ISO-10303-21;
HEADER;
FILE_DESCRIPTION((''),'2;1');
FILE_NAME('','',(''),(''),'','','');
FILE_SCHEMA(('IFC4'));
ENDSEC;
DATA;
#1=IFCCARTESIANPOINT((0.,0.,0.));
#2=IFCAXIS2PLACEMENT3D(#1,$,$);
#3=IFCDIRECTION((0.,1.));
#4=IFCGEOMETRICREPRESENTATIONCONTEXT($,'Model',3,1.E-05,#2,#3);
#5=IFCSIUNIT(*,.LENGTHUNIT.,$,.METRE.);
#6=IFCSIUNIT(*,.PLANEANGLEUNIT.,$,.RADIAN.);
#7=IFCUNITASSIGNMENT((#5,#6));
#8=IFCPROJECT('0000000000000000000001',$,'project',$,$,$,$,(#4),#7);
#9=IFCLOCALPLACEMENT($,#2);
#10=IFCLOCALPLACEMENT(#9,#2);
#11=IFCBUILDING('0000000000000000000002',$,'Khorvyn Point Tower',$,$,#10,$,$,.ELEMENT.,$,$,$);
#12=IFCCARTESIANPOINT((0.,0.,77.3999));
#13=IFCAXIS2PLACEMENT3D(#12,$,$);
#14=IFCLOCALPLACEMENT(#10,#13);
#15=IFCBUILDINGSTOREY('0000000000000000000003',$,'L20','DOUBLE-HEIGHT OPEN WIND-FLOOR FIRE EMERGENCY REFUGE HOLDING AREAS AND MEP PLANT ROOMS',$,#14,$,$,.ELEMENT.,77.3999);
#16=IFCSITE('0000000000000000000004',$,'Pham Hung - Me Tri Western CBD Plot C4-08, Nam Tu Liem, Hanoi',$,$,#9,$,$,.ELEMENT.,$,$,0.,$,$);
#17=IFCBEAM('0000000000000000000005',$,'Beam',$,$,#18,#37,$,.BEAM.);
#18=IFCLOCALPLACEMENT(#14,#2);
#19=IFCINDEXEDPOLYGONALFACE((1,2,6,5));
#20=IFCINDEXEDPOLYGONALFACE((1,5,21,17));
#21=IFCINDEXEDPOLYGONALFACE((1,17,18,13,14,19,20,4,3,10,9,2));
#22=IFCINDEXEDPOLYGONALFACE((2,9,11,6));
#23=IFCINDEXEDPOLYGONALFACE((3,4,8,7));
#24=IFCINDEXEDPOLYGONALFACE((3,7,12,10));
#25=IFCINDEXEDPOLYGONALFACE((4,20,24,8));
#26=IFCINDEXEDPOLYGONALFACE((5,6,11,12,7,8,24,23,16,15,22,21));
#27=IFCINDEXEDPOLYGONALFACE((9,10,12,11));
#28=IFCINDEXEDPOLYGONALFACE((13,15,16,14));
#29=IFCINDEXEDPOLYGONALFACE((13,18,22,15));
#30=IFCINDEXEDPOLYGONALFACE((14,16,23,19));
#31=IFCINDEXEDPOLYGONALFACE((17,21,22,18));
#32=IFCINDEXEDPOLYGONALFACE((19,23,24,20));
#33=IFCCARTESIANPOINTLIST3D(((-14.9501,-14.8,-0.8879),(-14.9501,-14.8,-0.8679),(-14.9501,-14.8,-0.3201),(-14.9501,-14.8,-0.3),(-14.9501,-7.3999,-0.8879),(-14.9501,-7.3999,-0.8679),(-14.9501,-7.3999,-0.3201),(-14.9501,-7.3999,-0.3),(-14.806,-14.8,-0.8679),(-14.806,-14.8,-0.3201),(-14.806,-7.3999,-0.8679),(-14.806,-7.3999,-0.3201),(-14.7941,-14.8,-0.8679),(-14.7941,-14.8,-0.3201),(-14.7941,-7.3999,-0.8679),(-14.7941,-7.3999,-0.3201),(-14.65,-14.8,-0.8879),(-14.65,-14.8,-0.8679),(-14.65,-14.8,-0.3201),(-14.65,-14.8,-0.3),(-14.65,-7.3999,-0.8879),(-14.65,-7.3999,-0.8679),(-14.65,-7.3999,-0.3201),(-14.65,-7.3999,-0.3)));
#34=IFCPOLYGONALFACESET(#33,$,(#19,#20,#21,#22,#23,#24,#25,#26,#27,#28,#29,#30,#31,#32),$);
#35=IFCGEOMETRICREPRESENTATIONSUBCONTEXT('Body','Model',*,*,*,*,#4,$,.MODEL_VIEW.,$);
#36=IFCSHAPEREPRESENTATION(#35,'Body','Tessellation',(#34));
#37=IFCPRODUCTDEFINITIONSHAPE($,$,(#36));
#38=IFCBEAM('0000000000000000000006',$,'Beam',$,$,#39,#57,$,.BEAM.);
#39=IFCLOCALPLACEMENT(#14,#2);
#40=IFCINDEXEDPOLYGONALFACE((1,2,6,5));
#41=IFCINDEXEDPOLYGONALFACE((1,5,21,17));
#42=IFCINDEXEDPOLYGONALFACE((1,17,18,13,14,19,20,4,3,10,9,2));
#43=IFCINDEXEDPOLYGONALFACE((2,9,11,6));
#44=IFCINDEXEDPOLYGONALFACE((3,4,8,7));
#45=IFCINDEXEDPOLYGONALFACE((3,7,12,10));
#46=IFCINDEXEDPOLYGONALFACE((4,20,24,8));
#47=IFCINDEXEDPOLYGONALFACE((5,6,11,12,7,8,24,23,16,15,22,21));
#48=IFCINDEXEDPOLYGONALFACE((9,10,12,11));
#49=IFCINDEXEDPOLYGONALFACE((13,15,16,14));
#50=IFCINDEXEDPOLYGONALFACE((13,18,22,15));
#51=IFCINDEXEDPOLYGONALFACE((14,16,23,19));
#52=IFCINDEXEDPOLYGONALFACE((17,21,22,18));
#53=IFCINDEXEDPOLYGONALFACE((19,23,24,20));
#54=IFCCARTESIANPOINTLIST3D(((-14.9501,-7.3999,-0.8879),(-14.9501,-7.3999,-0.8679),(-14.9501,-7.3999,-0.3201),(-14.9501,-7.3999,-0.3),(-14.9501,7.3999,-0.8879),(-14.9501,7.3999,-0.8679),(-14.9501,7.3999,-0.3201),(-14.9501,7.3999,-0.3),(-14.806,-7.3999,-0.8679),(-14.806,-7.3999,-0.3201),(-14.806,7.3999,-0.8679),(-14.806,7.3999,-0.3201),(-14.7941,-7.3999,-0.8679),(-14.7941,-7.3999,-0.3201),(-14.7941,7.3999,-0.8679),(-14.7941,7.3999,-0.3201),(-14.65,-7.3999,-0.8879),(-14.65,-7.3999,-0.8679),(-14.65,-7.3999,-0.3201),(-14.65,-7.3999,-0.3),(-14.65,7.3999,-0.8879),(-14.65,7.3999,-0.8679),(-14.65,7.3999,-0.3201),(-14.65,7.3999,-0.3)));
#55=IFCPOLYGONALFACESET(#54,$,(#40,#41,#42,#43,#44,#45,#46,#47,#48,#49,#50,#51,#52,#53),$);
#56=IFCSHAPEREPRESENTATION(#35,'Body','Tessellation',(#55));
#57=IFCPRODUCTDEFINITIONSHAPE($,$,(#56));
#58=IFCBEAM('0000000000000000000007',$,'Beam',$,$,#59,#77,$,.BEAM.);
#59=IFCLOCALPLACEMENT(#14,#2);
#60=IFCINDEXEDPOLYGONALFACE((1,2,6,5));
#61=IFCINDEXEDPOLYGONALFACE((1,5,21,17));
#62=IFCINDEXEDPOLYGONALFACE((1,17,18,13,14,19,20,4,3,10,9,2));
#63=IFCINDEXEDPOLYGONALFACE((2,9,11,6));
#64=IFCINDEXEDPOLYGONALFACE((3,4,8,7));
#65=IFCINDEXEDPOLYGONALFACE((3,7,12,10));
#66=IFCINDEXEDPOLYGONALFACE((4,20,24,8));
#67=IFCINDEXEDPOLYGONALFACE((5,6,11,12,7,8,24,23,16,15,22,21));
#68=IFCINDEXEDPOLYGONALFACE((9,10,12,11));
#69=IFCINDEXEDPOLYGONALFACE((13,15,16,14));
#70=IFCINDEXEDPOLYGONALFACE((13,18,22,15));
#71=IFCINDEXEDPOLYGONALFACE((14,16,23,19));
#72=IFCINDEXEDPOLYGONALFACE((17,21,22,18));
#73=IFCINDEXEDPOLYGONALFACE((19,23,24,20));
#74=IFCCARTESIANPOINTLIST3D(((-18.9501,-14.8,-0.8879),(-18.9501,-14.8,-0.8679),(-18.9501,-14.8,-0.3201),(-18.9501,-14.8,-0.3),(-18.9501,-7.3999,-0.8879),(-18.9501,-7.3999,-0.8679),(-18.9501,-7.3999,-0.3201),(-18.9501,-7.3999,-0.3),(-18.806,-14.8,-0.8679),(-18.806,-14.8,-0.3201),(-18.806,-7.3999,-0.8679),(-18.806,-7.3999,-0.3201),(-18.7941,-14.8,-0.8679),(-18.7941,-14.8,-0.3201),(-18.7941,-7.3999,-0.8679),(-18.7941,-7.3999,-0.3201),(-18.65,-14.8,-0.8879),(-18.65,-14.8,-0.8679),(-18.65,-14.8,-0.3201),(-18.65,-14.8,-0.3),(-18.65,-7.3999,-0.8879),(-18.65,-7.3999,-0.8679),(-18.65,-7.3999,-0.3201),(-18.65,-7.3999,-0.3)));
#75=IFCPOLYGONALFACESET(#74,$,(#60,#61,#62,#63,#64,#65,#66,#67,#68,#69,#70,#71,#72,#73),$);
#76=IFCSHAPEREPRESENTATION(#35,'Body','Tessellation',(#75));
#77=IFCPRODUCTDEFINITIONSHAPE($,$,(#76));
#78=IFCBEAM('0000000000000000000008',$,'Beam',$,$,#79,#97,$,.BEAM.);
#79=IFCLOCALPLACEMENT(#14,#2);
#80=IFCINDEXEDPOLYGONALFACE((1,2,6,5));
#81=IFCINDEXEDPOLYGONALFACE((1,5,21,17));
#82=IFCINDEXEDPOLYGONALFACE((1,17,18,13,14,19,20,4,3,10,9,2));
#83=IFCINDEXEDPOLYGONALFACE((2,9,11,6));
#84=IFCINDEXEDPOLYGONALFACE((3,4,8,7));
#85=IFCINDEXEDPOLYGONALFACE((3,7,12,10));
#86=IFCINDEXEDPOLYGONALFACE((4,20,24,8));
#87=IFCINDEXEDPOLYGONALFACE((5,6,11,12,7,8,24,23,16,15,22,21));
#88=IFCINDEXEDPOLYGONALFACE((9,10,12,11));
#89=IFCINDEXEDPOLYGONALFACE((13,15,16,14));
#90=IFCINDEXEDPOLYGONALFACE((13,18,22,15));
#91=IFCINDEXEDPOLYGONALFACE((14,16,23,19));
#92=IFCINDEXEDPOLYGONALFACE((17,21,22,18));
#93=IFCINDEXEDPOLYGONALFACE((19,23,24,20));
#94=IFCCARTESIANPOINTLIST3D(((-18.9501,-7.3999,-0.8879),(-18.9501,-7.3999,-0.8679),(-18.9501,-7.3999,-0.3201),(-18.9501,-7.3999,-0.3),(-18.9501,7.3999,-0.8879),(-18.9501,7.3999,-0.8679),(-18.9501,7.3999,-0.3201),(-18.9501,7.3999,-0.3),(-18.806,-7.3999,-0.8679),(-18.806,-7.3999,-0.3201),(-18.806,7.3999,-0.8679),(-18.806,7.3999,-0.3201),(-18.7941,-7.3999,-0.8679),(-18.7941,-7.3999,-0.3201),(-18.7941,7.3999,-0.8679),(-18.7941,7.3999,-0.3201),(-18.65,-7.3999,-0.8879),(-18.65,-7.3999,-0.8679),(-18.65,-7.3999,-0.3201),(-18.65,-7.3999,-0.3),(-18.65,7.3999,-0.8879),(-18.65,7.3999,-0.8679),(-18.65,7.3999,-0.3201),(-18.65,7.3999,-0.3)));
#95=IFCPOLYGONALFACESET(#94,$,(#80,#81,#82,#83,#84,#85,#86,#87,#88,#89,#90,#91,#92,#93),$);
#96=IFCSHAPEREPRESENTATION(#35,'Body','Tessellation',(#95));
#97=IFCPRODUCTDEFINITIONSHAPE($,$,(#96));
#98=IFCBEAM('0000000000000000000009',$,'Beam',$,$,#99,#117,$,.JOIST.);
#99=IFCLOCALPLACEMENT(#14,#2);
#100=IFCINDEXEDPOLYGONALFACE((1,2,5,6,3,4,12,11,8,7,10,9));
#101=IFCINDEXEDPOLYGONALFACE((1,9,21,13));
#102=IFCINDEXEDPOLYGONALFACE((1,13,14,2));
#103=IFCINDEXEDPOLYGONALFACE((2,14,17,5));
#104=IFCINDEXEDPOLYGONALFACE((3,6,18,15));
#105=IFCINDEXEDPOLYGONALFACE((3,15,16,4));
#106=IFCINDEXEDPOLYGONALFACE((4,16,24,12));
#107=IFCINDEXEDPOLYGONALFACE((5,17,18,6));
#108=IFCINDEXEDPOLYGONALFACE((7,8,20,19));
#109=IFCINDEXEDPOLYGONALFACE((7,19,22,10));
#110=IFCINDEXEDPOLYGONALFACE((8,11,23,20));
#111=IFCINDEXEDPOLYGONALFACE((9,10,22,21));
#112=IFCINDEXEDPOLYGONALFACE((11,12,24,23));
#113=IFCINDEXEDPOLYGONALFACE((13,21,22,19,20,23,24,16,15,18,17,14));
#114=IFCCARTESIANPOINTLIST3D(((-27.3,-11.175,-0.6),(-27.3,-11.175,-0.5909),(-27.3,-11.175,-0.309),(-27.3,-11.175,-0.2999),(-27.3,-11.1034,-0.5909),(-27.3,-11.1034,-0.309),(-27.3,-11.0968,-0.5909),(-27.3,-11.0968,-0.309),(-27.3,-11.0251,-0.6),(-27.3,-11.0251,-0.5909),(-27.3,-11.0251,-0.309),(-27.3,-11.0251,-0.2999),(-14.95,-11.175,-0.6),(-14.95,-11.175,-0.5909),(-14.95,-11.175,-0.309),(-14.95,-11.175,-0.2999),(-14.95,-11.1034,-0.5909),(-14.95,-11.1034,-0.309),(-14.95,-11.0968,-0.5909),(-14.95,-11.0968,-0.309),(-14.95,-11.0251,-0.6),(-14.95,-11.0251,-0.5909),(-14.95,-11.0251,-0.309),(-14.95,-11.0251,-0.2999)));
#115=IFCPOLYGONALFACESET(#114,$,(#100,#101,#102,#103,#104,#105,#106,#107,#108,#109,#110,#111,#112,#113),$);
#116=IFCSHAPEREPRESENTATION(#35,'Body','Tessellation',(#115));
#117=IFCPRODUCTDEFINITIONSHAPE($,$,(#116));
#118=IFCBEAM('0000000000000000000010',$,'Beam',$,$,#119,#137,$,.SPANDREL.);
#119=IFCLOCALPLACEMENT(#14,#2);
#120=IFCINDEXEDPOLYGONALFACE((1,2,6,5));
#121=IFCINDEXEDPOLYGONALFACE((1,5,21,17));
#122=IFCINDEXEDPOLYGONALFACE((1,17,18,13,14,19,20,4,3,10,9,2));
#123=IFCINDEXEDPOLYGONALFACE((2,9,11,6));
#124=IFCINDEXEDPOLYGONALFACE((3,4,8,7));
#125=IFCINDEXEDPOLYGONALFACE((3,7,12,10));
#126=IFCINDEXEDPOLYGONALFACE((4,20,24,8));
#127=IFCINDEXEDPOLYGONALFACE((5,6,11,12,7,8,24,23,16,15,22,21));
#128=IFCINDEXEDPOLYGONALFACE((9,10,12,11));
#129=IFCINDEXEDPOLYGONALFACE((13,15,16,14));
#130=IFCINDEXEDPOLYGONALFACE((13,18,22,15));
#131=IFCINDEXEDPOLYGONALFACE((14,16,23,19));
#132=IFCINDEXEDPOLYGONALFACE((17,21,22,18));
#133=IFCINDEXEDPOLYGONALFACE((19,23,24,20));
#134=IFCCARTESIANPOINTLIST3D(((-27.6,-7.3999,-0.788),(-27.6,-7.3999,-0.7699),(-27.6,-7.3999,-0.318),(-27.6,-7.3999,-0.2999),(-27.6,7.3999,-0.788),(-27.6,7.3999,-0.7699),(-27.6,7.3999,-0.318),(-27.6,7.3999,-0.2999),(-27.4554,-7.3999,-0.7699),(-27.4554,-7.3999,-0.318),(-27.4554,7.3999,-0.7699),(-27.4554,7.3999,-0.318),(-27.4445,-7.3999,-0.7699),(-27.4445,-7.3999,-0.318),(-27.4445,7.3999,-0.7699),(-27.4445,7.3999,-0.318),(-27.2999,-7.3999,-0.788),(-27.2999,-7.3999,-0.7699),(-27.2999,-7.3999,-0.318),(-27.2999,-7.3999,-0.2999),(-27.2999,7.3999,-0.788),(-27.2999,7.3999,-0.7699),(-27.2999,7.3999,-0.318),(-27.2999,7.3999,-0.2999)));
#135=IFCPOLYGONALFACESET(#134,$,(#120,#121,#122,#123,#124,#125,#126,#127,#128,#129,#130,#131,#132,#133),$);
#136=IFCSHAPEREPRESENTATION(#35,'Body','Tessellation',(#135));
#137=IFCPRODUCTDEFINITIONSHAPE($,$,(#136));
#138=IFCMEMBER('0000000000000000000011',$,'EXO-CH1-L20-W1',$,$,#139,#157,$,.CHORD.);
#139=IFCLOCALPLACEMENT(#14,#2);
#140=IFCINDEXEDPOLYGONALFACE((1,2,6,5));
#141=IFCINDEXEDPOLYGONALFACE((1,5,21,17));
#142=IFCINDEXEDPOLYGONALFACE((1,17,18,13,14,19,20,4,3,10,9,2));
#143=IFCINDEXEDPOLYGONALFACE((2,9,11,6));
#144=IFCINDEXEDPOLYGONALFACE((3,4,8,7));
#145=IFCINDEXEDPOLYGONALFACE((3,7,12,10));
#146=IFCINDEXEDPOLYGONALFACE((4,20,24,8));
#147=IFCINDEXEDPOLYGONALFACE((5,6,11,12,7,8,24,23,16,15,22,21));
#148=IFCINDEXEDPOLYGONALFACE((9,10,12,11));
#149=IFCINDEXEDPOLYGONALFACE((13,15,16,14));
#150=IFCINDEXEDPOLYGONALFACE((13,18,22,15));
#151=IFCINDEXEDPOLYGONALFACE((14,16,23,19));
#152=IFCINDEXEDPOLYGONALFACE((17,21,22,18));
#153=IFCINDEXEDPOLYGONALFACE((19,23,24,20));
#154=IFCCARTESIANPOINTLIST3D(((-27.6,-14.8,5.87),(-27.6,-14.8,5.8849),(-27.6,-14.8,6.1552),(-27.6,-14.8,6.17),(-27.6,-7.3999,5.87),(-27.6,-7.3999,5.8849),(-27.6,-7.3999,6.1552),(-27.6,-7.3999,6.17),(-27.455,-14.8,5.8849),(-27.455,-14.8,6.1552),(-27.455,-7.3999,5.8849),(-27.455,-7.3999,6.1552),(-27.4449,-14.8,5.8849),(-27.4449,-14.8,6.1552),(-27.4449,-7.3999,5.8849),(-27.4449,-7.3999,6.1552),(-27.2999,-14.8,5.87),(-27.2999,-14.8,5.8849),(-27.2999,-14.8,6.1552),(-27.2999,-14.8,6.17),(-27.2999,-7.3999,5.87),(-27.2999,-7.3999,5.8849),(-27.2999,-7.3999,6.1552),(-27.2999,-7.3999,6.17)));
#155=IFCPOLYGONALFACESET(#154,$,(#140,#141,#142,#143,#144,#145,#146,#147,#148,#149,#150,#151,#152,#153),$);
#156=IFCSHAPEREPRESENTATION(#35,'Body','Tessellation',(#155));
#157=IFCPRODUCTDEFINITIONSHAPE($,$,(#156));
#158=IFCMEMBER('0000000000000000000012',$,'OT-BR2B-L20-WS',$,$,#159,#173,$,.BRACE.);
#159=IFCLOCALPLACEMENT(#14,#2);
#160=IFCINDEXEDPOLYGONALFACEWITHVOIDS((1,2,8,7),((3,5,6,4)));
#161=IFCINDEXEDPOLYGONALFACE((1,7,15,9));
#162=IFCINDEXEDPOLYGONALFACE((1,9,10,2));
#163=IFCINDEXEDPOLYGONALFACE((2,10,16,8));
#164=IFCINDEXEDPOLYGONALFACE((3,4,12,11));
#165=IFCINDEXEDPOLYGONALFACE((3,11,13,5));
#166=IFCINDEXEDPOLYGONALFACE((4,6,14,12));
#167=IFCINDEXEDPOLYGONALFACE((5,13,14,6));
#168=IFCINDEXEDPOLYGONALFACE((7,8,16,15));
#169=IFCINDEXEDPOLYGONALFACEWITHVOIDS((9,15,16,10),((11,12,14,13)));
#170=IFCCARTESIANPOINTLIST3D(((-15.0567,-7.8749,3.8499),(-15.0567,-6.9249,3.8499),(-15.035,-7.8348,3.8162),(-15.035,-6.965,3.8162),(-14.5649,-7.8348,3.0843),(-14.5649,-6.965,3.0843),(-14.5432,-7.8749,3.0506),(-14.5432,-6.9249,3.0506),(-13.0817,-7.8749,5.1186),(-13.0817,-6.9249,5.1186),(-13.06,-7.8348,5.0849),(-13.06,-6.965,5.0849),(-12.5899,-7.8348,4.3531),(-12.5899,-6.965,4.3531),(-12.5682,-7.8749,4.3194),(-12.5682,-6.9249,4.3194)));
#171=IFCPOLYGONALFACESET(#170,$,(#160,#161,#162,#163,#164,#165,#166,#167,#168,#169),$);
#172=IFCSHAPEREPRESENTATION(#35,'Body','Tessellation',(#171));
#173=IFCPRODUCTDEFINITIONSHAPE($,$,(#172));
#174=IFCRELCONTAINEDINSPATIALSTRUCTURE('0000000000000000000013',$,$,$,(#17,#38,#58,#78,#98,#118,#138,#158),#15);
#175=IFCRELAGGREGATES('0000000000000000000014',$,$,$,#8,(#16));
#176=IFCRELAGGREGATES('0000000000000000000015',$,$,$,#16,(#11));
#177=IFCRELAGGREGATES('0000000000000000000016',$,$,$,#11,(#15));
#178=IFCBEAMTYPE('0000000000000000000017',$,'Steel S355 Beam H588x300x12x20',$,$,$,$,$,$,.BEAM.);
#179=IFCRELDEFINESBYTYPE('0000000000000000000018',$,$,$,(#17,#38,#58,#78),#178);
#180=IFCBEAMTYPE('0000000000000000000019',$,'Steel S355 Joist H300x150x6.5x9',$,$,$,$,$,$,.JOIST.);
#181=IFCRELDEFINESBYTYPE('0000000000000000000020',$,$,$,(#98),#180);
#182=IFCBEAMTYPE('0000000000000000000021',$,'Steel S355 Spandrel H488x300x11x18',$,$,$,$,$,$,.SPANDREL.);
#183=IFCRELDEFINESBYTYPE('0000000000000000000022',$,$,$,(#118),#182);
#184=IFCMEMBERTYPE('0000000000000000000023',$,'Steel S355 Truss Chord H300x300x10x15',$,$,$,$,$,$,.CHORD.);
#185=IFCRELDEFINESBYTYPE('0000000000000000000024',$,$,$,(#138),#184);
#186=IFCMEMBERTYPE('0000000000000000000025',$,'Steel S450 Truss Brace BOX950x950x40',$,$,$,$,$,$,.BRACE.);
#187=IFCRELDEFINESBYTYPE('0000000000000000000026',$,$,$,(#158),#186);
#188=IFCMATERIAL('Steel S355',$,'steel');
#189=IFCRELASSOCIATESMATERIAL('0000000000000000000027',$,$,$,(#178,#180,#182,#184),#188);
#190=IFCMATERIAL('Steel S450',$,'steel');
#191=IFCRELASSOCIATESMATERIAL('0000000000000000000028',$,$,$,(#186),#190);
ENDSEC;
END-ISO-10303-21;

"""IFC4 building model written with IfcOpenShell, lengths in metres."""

from ifc_helpers import new_model, si_unit, direction, frame, origin, origin_2d, place, context, subcontext, project, spatial, hollow_rectangle, i_section, extrude, material, material_profile, profile_set, type_object, element, save


model = new_model("IFC4")

# Units and contexts
model_context = context("Model", 3, precision=1e-05, world=origin(), true_north=direction((0.0, 1.0)))
body_context = subcontext(model_context, "Body", "Model", "MODEL_VIEW")
ifc_project = project(units=[si_unit("LENGTHUNIT", "METRE"), si_unit("PLANEANGLEUNIT", "RADIAN")], contexts=[model_context])

# Site, building, storey
site_placement = place(None, origin())
site = spatial("IfcSite", under=ifc_project, at=site_placement, Name="Pham Hung - Me Tri Western CBD Plot C4-08, Nam Tu Liem, Hanoi", CompositionType="ELEMENT", RefElevation=0.0)
building_placement = place(site_placement, origin())
building = spatial("IfcBuilding", under=site, at=building_placement, Name="Khorvyn Point Tower", CompositionType="ELEMENT")
storey_placement = place(building_placement, frame((0.0, 0.0, 77.3999)))
storey = spatial("IfcBuildingStorey", under=building, at=storey_placement, Name="L20", Description="DOUBLE-HEIGHT OPEN WIND-FLOOR FIRE EMERGENCY REFUGE HOLDING AREAS AND MEP PLANT ROOMS", CompositionType="ELEMENT", Elevation=77.3999)

# Shared definitions
ifc_material_1 = material(Name="Steel S450", Category="steel")

# Beams
ifc_material_2 = material(Name="Steel S355", Category="steel")
ifc_material_profile_1 = material_profile(ifc_material_2, i_section(OverallWidth=0.3, OverallDepth=0.5879, WebThickness=0.012, FlangeThickness=0.02, at=origin_2d()))
ifc_profile_set_1 = profile_set([ifc_material_profile_1], Name="Steel S355 H588x300x12x20")
beam_type_1 = type_object("IfcBeamType", Name="Steel S355 Beam H588x300x12x20", PredefinedType="BEAM", material=ifc_profile_set_1)
beam_1_placement = place(storey_placement, frame((-14.8, -14.8, -0.594), z_axis=(0.0, 1.0, 0.0), x_axis=(-1.0, 0.0, 0.0)))
element("IfcBeam", 1, at=beam_1_placement, inside=storey, type_object=beam_type_1, Name="Beam", PredefinedType="BEAM", context=body_context, shape_type="SweptSolid", body=[
    extrude(i_section(OverallWidth=0.3, OverallDepth=0.5879, WebThickness=0.012, FlangeThickness=0.02, at=origin_2d()), origin(), (0.0, 0.0, 1.0), 7.4001),
])
beam_2_placement = place(storey_placement, frame((-14.8, -7.3999, -0.594), z_axis=(0.0, 1.0, 0.0), x_axis=(-1.0, 0.0, 0.0)))
element("IfcBeam", 2, at=beam_2_placement, inside=storey, type_object=beam_type_1, Name="Beam", PredefinedType="BEAM", context=body_context, shape_type="SweptSolid", body=[
    extrude(i_section(OverallWidth=0.3, OverallDepth=0.5879, WebThickness=0.012, FlangeThickness=0.02, at=origin_2d()), origin(), (0.0, 0.0, 1.0), 14.7998),
])
beam_3_placement = place(storey_placement, frame((-18.8, -14.8, -0.594), z_axis=(0.0, 1.0, 0.0), x_axis=(-1.0, 0.0, 0.0)))
element("IfcBeam", 3, at=beam_3_placement, inside=storey, type_object=beam_type_1, Name="Beam", PredefinedType="BEAM", context=body_context, shape_type="SweptSolid", body=[
    extrude(i_section(OverallWidth=0.3, OverallDepth=0.5879, WebThickness=0.012, FlangeThickness=0.02, at=origin_2d()), origin(), (0.0, 0.0, 1.0), 7.4001),
])
beam_4_placement = place(storey_placement, frame((-18.8, -7.3999, -0.594), z_axis=(0.0, 1.0, 0.0), x_axis=(-1.0, 0.0, 0.0)))
element("IfcBeam", 4, at=beam_4_placement, inside=storey, type_object=beam_type_1, Name="Beam", PredefinedType="BEAM", context=body_context, shape_type="SweptSolid", body=[
    extrude(i_section(OverallWidth=0.3, OverallDepth=0.5879, WebThickness=0.012, FlangeThickness=0.02, at=origin_2d()), origin(), (0.0, 0.0, 1.0), 14.7998),
])
ifc_material_profile_2 = material_profile(ifc_material_2, i_section(OverallWidth=0.1499, OverallDepth=0.3, WebThickness=0.0066, FlangeThickness=0.009, at=origin_2d()))
ifc_profile_set_2 = profile_set([ifc_material_profile_2], Name="Steel S355 H300x150x6.5x9")
beam_type_2 = type_object("IfcBeamType", Name="Steel S355 Joist H300x150x6.5x9", PredefinedType="JOIST", material=ifc_profile_set_2)
beam_5_placement = place(storey_placement, frame((-27.3, -11.1001, -0.45), z_axis=(1.0, 0.0, 0.0), x_axis=(0.0, 1.0, 0.0)))
element("IfcBeam", 5, at=beam_5_placement, inside=storey, type_object=beam_type_2, Name="Beam", PredefinedType="JOIST", context=body_context, shape_type="SweptSolid", body=[
    extrude(i_section(OverallWidth=0.1499, OverallDepth=0.3, WebThickness=0.0066, FlangeThickness=0.009, at=origin_2d()), origin(), (0.0, 0.0, 1.0), 12.3501),
])
ifc_material_profile_3 = material_profile(ifc_material_2, i_section(OverallWidth=0.3, OverallDepth=0.488, WebThickness=0.011, FlangeThickness=0.0181, at=origin_2d()))
ifc_profile_set_3 = profile_set([ifc_material_profile_3], Name="Steel S355 H488x300x11x18")
beam_type_3 = type_object("IfcBeamType", Name="Steel S355 Spandrel H488x300x11x18", PredefinedType="SPANDREL", material=ifc_profile_set_3)
beam_6_placement = place(storey_placement, frame((-27.45, -7.3999, -0.5439), z_axis=(0.0, 1.0, 0.0), x_axis=(-1.0, 0.0, 0.0)))
element("IfcBeam", 6, at=beam_6_placement, inside=storey, type_object=beam_type_3, Name="Beam", PredefinedType="SPANDREL", context=body_context, shape_type="SweptSolid", body=[
    extrude(i_section(OverallWidth=0.3, OverallDepth=0.488, WebThickness=0.011, FlangeThickness=0.0181, at=origin_2d()), origin(), (0.0, 0.0, 1.0), 14.7998),
])

# Members
ifc_material_profile_4 = material_profile(ifc_material_2, i_section(OverallWidth=0.3, OverallDepth=0.3, WebThickness=0.01, FlangeThickness=0.0149, at=origin_2d()))
ifc_profile_set_4 = profile_set([ifc_material_profile_4], Name="Steel S355 H300x300x10x15")
member_type_1 = type_object("IfcMemberType", Name="Steel S355 Truss Chord H300x300x10x15", PredefinedType="CHORD", material=ifc_profile_set_4)
member_1_placement = place(storey_placement, frame((-27.45, -14.8, 6.02), z_axis=(0.0, 1.0, 0.0), x_axis=(-1.0, 0.0, 0.0)))
element("IfcMember", 7, at=member_1_placement, inside=storey, type_object=member_type_1, Name="EXO-CH1-L20-W1", PredefinedType="CHORD", context=body_context, shape_type="SweptSolid", body=[
    extrude(i_section(OverallWidth=0.3, OverallDepth=0.3, WebThickness=0.01, FlangeThickness=0.0149, at=origin_2d()), origin(), (0.0, 0.0, 1.0), 7.4001),
])
ifc_material_profile_5 = material_profile(ifc_material_1, hollow_rectangle(XDim=0.95, YDim=0.95, WallThickness=0.04, at=origin_2d()))
ifc_profile_set_5 = profile_set([ifc_material_profile_5], Name="Steel S450 BOX950x950x40")
member_type_2 = type_object("IfcMemberType", Name="Steel S450 Truss Brace BOX950x950x40", PredefinedType="BRACE", material=ifc_profile_set_5)
member_2_placement = place(storey_placement, frame((-12.825, -7.3999, 4.719), z_axis=(-0.841354, 0.0, -0.540484), x_axis=(0.0, -1.0, 0.0)))
element("IfcMember", 8, at=member_2_placement, inside=storey, type_object=member_type_2, Name="OT-BR2B-L20-WS", PredefinedType="BRACE", context=body_context, shape_type="SweptSolid", body=[
    extrude(hollow_rectangle(XDim=0.95, YDim=0.95, WallThickness=0.04, at=origin_2d()), origin(), (0.0, 0.0, 1.0), 2.3474),
])

save(model, "model.ifc")
